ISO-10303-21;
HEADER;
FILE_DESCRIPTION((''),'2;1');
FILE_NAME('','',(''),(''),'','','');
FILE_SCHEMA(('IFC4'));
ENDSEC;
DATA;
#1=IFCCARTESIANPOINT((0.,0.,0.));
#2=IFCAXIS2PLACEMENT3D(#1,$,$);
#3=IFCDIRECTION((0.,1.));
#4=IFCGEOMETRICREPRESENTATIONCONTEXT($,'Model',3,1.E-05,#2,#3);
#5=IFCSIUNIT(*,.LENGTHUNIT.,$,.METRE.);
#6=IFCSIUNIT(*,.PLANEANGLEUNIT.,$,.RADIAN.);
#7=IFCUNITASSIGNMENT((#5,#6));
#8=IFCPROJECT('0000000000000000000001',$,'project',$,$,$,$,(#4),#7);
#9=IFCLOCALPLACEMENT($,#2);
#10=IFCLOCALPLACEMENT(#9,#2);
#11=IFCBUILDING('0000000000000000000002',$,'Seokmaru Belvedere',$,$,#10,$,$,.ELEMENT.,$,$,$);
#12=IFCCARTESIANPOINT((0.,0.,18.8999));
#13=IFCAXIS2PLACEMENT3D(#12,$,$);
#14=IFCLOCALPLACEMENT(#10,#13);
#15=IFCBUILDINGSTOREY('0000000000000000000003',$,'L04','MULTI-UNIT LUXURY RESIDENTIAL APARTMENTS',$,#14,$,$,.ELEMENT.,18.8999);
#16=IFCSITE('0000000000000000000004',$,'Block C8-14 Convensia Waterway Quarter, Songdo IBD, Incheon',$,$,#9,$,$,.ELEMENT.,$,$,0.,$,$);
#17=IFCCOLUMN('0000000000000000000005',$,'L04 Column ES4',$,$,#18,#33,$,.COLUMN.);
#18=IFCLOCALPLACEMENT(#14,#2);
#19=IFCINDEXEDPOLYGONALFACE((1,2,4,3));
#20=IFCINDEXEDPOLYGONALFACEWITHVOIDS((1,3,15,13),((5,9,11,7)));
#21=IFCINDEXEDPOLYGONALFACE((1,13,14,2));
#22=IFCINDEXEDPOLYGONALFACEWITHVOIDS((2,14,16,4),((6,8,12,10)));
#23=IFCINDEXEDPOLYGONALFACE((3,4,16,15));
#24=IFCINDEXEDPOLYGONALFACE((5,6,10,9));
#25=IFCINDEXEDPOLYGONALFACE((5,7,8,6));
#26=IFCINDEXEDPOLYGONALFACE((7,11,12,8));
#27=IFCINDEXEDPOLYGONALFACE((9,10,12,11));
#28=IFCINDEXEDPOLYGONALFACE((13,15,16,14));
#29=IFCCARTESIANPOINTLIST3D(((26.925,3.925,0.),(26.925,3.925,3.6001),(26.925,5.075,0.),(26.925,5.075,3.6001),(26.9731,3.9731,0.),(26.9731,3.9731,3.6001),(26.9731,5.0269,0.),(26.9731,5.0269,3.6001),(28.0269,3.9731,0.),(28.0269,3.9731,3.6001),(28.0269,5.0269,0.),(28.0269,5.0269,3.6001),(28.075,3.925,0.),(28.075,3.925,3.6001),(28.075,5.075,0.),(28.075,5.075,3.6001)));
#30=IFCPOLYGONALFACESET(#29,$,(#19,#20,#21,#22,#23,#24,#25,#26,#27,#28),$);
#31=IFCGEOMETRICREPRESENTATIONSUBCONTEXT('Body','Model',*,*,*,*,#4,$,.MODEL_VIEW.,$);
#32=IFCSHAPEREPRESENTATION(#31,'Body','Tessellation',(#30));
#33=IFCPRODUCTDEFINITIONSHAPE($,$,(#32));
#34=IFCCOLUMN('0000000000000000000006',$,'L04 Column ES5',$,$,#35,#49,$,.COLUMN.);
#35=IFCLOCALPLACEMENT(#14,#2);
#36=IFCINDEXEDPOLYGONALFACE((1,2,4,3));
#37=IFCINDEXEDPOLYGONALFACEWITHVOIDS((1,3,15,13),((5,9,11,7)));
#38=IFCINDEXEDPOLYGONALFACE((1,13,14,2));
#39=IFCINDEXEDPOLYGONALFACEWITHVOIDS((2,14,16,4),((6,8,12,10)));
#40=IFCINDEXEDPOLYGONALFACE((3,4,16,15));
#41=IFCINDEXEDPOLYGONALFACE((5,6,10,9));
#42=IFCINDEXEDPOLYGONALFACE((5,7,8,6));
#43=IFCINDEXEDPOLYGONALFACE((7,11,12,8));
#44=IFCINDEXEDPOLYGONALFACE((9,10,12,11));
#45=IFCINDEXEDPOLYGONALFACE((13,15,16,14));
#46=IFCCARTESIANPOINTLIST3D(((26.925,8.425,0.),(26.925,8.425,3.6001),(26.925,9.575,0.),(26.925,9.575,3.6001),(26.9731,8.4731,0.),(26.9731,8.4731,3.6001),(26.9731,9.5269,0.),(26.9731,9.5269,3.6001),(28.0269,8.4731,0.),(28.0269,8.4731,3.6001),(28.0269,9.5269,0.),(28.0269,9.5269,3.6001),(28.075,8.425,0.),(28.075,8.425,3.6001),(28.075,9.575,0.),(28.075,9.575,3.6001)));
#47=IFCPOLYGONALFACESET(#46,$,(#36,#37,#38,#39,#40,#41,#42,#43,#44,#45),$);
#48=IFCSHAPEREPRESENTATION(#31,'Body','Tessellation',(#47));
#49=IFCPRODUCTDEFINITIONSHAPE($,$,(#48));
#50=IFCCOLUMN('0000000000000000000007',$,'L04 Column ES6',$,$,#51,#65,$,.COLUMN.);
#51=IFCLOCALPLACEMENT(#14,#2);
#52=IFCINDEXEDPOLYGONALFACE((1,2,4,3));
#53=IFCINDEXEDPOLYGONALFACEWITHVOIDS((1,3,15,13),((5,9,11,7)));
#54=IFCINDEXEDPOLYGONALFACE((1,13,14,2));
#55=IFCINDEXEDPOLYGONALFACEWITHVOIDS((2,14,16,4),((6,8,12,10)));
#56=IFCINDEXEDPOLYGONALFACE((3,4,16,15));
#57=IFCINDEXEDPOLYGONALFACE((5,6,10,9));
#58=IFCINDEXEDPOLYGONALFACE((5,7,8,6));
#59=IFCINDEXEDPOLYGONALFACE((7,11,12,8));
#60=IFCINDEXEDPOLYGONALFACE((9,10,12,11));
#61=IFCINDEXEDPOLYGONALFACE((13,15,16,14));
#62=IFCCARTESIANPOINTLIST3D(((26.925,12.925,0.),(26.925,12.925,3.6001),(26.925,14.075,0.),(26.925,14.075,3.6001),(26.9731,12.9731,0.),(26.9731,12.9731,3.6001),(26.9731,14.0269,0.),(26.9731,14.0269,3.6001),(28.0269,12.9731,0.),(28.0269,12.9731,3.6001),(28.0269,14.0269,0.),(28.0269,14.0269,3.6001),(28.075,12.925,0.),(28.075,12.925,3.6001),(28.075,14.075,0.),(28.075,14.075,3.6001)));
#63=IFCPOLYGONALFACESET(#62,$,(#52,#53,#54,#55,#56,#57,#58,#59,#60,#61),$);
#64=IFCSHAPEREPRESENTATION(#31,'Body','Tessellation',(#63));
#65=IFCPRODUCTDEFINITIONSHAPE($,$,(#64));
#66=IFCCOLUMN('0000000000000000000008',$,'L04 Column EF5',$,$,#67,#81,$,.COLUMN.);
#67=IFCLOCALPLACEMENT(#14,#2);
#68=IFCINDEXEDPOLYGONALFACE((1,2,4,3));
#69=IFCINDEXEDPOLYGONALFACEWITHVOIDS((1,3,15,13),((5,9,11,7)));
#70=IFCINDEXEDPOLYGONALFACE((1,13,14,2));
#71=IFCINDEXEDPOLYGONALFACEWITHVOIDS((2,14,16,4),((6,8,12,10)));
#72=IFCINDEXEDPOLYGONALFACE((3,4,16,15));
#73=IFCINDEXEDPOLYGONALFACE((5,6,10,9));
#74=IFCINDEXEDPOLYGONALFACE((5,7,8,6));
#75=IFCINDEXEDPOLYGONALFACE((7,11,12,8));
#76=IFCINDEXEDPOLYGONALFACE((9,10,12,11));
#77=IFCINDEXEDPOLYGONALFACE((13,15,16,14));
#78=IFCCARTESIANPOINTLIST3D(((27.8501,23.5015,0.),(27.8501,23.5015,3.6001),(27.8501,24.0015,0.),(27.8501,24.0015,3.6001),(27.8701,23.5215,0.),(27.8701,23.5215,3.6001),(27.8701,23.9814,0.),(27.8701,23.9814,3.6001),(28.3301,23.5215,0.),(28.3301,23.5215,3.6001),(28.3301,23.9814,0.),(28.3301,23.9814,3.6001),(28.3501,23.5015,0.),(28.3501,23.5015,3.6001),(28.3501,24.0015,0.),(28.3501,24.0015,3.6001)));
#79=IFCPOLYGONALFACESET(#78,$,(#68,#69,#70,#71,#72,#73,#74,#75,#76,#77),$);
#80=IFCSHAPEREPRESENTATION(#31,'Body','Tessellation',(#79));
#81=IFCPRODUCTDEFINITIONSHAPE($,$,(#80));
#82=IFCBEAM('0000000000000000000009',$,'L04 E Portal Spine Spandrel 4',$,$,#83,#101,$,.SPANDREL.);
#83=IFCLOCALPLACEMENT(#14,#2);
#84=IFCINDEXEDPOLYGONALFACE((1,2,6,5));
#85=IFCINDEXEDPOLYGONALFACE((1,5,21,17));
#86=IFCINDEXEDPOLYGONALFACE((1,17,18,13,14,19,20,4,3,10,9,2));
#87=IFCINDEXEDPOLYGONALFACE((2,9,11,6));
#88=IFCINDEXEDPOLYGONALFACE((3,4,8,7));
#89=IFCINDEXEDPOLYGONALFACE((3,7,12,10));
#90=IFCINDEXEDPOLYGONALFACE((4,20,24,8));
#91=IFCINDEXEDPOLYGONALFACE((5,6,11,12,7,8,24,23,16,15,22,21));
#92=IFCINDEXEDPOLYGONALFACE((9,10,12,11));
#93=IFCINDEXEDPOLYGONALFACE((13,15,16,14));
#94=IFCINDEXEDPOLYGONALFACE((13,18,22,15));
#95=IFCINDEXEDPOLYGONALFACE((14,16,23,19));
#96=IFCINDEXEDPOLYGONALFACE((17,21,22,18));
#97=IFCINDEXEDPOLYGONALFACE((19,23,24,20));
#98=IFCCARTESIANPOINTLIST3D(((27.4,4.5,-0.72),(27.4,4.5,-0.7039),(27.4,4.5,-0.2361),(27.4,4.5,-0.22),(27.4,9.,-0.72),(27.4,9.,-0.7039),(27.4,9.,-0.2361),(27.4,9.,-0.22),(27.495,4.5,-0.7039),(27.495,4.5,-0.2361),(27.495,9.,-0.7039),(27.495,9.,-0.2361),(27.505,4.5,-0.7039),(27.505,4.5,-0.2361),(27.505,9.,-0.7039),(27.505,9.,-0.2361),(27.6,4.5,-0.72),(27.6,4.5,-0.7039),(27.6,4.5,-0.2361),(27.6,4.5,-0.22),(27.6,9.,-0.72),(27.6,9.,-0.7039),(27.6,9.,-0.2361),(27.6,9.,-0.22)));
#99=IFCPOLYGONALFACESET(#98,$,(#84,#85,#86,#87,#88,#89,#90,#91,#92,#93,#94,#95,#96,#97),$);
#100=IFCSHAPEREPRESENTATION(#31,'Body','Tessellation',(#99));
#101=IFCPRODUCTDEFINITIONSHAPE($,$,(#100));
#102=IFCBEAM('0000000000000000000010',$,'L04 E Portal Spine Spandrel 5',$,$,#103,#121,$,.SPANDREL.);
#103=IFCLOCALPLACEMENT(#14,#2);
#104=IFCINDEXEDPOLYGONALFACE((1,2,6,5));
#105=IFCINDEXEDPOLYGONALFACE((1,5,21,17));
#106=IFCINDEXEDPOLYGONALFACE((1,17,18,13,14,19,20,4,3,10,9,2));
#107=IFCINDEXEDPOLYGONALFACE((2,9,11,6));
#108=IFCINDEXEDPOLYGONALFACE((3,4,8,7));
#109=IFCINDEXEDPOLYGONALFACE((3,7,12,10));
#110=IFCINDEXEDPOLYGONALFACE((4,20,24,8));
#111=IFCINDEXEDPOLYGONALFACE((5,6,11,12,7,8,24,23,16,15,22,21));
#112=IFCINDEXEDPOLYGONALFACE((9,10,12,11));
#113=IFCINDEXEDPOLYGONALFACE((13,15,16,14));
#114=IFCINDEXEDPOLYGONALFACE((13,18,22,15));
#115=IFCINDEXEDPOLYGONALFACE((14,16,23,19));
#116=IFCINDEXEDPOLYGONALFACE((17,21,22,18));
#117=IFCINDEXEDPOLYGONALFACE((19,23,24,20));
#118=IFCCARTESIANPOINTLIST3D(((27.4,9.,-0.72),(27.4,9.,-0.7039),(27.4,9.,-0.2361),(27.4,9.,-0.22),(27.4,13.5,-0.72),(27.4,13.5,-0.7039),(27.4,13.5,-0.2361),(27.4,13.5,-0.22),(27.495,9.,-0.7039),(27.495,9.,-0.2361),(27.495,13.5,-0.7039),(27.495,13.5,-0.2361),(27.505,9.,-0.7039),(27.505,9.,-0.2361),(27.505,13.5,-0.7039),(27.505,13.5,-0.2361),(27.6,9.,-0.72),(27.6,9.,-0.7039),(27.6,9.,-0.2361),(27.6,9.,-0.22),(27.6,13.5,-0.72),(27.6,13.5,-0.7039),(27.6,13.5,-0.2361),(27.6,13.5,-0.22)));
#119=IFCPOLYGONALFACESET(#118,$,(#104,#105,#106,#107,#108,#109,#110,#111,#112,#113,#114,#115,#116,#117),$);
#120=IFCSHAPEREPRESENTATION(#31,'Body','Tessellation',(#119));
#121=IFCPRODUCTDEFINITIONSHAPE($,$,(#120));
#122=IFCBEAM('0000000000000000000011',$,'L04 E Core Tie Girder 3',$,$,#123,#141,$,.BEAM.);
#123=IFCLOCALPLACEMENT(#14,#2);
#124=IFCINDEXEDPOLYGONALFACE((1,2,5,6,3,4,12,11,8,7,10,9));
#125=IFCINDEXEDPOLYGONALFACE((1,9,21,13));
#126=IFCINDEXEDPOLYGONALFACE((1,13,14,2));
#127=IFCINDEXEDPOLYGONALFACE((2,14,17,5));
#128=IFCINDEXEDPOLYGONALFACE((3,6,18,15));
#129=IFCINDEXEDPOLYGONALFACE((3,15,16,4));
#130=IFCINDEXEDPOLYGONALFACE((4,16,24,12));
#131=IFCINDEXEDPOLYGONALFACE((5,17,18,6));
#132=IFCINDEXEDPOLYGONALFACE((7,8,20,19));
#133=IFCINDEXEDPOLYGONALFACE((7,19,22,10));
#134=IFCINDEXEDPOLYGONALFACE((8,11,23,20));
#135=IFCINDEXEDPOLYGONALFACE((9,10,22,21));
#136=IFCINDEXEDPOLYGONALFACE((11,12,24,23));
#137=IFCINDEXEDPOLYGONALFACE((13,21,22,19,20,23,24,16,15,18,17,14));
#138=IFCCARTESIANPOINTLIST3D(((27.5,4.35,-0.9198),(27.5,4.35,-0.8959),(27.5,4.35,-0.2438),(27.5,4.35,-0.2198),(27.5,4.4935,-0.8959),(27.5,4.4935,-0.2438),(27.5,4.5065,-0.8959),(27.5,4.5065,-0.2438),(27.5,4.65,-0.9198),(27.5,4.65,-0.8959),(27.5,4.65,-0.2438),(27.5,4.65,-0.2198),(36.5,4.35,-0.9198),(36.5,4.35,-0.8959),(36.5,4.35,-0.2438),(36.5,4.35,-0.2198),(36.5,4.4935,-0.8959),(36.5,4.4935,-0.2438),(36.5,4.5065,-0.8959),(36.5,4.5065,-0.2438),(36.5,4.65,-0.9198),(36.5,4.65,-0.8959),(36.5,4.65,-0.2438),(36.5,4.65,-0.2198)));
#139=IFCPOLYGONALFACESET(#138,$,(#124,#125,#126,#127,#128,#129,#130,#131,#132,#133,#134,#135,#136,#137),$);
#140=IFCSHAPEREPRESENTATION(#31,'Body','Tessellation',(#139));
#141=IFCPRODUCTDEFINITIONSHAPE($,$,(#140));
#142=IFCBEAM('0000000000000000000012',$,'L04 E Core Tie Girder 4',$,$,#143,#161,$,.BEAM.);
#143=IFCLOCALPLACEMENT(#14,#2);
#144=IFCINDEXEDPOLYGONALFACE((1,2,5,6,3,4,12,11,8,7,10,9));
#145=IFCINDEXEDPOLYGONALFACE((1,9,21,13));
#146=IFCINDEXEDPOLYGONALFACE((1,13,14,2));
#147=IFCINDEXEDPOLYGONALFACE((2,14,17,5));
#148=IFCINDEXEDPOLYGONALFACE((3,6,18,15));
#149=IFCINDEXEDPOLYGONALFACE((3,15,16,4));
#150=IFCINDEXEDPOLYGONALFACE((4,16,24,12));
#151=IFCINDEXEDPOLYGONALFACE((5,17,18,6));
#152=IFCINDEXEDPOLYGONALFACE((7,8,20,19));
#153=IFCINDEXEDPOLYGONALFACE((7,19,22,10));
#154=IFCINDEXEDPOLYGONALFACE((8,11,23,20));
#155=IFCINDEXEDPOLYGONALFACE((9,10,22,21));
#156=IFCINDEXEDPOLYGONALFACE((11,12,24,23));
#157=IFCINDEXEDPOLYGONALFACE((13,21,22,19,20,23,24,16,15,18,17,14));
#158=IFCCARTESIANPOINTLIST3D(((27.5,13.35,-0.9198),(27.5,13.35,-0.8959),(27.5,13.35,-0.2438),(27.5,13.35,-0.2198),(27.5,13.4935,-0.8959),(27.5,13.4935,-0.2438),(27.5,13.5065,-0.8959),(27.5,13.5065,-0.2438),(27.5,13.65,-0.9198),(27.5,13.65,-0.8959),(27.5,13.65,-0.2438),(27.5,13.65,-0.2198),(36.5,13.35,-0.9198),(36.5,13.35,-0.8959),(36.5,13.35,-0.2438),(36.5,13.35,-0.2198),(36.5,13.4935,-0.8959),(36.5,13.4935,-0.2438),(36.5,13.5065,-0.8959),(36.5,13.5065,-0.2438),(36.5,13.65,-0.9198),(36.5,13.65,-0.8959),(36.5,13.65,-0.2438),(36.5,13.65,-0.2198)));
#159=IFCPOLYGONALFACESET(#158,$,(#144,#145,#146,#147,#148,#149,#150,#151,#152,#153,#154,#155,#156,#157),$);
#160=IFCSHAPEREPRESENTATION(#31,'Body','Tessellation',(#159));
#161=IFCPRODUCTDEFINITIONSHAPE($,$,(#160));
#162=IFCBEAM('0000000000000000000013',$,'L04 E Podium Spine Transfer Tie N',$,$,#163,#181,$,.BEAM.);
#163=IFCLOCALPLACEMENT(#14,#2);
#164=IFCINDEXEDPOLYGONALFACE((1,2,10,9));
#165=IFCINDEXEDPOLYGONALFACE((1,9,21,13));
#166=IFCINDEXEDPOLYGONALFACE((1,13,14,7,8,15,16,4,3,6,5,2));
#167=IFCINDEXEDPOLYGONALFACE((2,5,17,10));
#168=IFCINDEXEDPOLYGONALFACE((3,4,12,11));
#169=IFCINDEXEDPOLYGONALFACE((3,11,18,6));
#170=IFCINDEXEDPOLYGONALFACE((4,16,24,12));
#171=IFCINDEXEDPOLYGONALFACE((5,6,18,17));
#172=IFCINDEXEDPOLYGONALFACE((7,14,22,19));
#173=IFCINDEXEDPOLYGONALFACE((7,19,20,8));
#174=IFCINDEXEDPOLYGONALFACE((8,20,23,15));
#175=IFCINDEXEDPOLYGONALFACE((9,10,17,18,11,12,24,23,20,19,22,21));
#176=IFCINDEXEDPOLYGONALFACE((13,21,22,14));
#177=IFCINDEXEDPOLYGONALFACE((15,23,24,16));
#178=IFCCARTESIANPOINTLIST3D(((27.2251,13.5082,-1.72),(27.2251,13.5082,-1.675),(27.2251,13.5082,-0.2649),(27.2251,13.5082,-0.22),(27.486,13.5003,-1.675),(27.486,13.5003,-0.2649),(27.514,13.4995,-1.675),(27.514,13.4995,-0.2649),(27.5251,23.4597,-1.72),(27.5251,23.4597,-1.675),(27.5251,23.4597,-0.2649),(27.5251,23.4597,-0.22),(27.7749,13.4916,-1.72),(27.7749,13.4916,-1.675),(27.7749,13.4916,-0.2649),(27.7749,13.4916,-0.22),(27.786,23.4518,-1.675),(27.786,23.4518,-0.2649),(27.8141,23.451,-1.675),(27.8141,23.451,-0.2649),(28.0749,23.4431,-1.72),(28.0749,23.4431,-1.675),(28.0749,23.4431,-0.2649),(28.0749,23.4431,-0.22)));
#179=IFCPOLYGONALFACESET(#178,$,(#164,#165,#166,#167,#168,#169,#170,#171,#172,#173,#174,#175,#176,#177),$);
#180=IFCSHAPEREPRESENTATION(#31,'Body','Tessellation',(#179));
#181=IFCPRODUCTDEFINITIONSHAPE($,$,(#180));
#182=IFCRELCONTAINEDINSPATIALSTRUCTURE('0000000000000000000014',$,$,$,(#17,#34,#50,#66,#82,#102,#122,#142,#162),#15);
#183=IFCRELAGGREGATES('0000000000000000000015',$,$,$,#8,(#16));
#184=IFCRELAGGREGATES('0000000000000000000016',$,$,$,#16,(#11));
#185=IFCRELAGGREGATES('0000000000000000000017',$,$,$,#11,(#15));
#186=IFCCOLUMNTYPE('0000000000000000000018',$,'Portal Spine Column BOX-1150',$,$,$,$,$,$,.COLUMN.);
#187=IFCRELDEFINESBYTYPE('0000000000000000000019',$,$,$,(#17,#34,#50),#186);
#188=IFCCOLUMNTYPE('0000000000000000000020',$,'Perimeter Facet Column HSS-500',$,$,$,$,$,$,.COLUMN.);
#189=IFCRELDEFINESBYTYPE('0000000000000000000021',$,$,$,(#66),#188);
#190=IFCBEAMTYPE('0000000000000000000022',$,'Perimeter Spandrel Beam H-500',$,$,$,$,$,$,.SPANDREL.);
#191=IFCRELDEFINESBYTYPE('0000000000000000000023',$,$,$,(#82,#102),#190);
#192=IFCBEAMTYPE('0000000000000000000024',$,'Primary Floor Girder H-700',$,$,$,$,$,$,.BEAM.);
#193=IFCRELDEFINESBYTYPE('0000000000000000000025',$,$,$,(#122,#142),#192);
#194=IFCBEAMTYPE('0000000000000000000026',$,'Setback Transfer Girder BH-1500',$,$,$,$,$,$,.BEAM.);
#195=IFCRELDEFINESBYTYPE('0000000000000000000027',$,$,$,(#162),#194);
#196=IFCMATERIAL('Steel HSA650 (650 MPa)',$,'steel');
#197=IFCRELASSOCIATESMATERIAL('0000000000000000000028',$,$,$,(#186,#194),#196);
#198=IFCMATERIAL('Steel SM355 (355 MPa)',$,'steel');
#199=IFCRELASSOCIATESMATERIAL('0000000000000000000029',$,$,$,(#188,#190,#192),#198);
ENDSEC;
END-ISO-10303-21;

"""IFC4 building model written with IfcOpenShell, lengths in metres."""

from ifc_helpers import new_model, si_unit, direction, frame, origin, origin_2d, place, context, subcontext, project, spatial, hollow_rectangle, i_section, extrude, source, transform, mapped, material, material_profile, profile_set, type_object, type_shapes, element, save


model = new_model("IFC4")

# Units and contexts
model_context = context("Model", 3, precision=1e-05, world=origin(), true_north=direction((0.0, 1.0)))
body_context = subcontext(model_context, "Body", "Model", "MODEL_VIEW")
ifc_project = project(units=[si_unit("LENGTHUNIT", "METRE"), si_unit("PLANEANGLEUNIT", "RADIAN")], contexts=[model_context])

# Site, building, storey
site_placement = place(None, origin())
site = spatial("IfcSite", under=ifc_project, at=site_placement, Name="Block C8-14 Convensia Waterway Quarter, Songdo IBD, Incheon", CompositionType="ELEMENT", RefElevation=0.0)
building_placement = place(site_placement, origin())
building = spatial("IfcBuilding", under=site, at=building_placement, Name="Seokmaru Belvedere", CompositionType="ELEMENT")
storey_placement = place(building_placement, frame((0.0, 0.0, 18.8999)))
storey = spatial("IfcBuildingStorey", under=building, at=storey_placement, Name="L04", Description="MULTI-UNIT LUXURY RESIDENTIAL APARTMENTS", CompositionType="ELEMENT", Elevation=18.8999)

# Columns
ifc_material_1 = material(Name="Steel HSA650 (650 MPa)", Category="steel")
ifc_material_profile_1 = material_profile(ifc_material_1, hollow_rectangle(XDim=1.1499, YDim=1.1499, WallThickness=0.0481, at=origin_2d()), Name="BOX-1150x1150x48")
ifc_profile_set_1 = profile_set([ifc_material_profile_1], Name="Steel HSA650 (650 MPa)")
column_type_1 = type_object("IfcColumnType", Name="Portal Spine Column BOX-1150", PredefinedType="COLUMN", material=ifc_profile_set_1)
shared_shape_1 = source(origin(), body_context, "Body", "SweptSolid", [
    extrude(hollow_rectangle(XDim=1.1499, YDim=1.1499, WallThickness=0.0481, at=origin_2d()), origin(), (0.0, 0.0, 1.0), 3.6001),
])
type_shapes(column_type_1, [shared_shape_1])
for number, where, z_axis, x_axis, name in (
    (1, (27.5, 4.5, 0.0), (0.0, 0.0, 1.0), (1.0, 0.0, 0.0), "L04 Column ES4"),
    (2, (27.5, 9.0, 0.0), (0.0, 0.0, 1.0), (1.0, 0.0, 0.0), "L04 Column ES5"),
    (3, (27.5, 13.5, 0.0), (0.0, 0.0, 1.0), (1.0, 0.0, 0.0), "L04 Column ES6"),
):
    element("IfcColumn", number, at=place(storey_placement, frame(where, z_axis=z_axis, x_axis=x_axis)), inside=storey, type_object=column_type_1, Name=name, PredefinedType="COLUMN", context=body_context, shape_type="MappedRepresentation", body=[
        mapped(shared_shape_1, transform((0.0, 0.0, 0.0), scale=1.0)),
    ])
ifc_material_2 = material(Name="Steel SM355 (355 MPa)", Category="steel")
ifc_material_profile_2 = material_profile(ifc_material_2, hollow_rectangle(XDim=0.5, YDim=0.5, WallThickness=0.02, at=origin_2d()), Name="HSS-500x500x20")
ifc_profile_set_2 = profile_set([ifc_material_profile_2], Name="Steel SM355 (355 MPa)")
column_type_2 = type_object("IfcColumnType", Name="Perimeter Facet Column HSS-500", PredefinedType="COLUMN", material=ifc_profile_set_2)
shared_shape_2 = source(origin(), body_context, "Body", "SweptSolid", [
    extrude(hollow_rectangle(XDim=0.5, YDim=0.5, WallThickness=0.02, at=origin_2d()), origin(), (0.0, 0.0, 1.0), 3.6001),
])
type_shapes(column_type_2, [shared_shape_2])
column_placement = place(storey_placement, frame((28.1001, 23.7515, 0.0), z_axis=(0.0, 0.0, 1.0), x_axis=(1.0, 0.0, 0.0)))
element("IfcColumn", 4, at=column_placement, inside=storey, type_object=column_type_2, Name="L04 Column EF5", PredefinedType="COLUMN", context=body_context, shape_type="MappedRepresentation", body=[
    mapped(shared_shape_2, transform((0.0, 0.0, 0.0), scale=1.0)),
])

# Beams
ifc_material_profile_3 = material_profile(ifc_material_2, i_section(OverallWidth=0.2, OverallDepth=0.5, WebThickness=0.01, FlangeThickness=0.0161, at=origin_2d()), Name="H-500x200x10x16")
ifc_profile_set_3 = profile_set([ifc_material_profile_3], Name="Steel SM355 (355 MPa)")
beam_type_1 = type_object("IfcBeamType", Name="Perimeter Spandrel Beam H-500", PredefinedType="SPANDREL", material=ifc_profile_set_3)
shared_shape_3 = source(origin(), body_context, "Body", "SweptSolid", [
    extrude(i_section(OverallWidth=0.2, OverallDepth=0.5, WebThickness=0.01, FlangeThickness=0.0161, at=origin_2d()), origin(), (0.0, 0.0, 1.0), 4.5),
])
type_shapes(beam_type_1, [shared_shape_3])
for number, where, z_axis, x_axis, name in (
    (5, (27.5, 4.5, -0.47), (0.0, 1.0, 0.0), (-1.0, 0.0, 0.0), "L04 E Portal Spine Spandrel 4"),
    (6, (27.5, 9.0, -0.47), (0.0, 1.0, 0.0), (-1.0, 0.0, 0.0), "L04 E Portal Spine Spandrel 5"),
):
    element("IfcBeam", number, at=place(storey_placement, frame(where, z_axis=z_axis, x_axis=x_axis)), inside=storey, type_object=beam_type_1, Name=name, PredefinedType="SPANDREL", context=body_context, shape_type="MappedRepresentation", body=[
        mapped(shared_shape_3, transform((0.0, 0.0, 0.0), scale=1.0)),
    ])
ifc_material_profile_4 = material_profile(ifc_material_2, i_section(OverallWidth=0.3, OverallDepth=0.7, WebThickness=0.0129, FlangeThickness=0.0239, at=origin_2d()), Name="H-700x300x13x24")
ifc_profile_set_4 = profile_set([ifc_material_profile_4], Name="Steel SM355 (355 MPa)")
beam_type_2 = type_object("IfcBeamType", Name="Primary Floor Girder H-700", PredefinedType="BEAM", material=ifc_profile_set_4)
shared_shape_4 = source(origin(), body_context, "Body", "SweptSolid", [
    extrude(i_section(OverallWidth=0.3, OverallDepth=0.7, WebThickness=0.0129, FlangeThickness=0.0239, at=origin_2d()), origin(), (0.0, 0.0, 1.0), 9.0),
])
type_shapes(beam_type_2, [shared_shape_4])
for number, where, z_axis, x_axis, name in (
    (7, (27.5, 4.5, -0.5698), (1.0, 0.0, 0.0), (0.0, 1.0, 0.0), "L04 E Core Tie Girder 3"),
    (8, (27.5, 13.5, -0.5698), (1.0, 0.0, 0.0), (0.0, 1.0, 0.0), "L04 E Core Tie Girder 4"),
):
    element("IfcBeam", number, at=place(storey_placement, frame(where, z_axis=z_axis, x_axis=x_axis)), inside=storey, type_object=beam_type_2, Name=name, PredefinedType="BEAM", context=body_context, shape_type="MappedRepresentation", body=[
        mapped(shared_shape_4, transform((0.0, 0.0, 0.0), scale=1.0)),
    ])
ifc_material_profile_5 = material_profile(ifc_material_1, i_section(OverallWidth=0.55, OverallDepth=1.5, WebThickness=0.0281, FlangeThickness=0.0449, at=origin_2d()), Name="BH-1500x550x28x45")
ifc_profile_set_5 = profile_set([ifc_material_profile_5], Name="Steel HSA650 (650 MPa)")
beam_type_3 = type_object("IfcBeamType", Name="Setback Transfer Girder BH-1500", PredefinedType="BEAM", material=ifc_profile_set_5)
shared_shape_5 = source(origin(), body_context, "Body", "SweptSolid", [
    extrude(i_section(OverallWidth=0.55, OverallDepth=1.5, WebThickness=0.0281, FlangeThickness=0.0449, at=origin_2d()), origin(), (0.0, 0.0, 1.0), 9.9561),
])
type_shapes(beam_type_3, [shared_shape_5])
beam_placement = place(storey_placement, frame((27.8, 23.4514, -0.97), z_axis=(-0.030138, -0.999546, 0.0), x_axis=(0.999546, -0.030138, 0.0)))
element("IfcBeam", 9, at=beam_placement, inside=storey, type_object=beam_type_3, Name="L04 E Podium Spine Transfer Tie N", PredefinedType="BEAM", context=body_context, shape_type="MappedRepresentation", body=[
    mapped(shared_shape_5, transform((0.0, 0.0, 0.0), scale=1.0)),
])

save(model, "model.ifc")
